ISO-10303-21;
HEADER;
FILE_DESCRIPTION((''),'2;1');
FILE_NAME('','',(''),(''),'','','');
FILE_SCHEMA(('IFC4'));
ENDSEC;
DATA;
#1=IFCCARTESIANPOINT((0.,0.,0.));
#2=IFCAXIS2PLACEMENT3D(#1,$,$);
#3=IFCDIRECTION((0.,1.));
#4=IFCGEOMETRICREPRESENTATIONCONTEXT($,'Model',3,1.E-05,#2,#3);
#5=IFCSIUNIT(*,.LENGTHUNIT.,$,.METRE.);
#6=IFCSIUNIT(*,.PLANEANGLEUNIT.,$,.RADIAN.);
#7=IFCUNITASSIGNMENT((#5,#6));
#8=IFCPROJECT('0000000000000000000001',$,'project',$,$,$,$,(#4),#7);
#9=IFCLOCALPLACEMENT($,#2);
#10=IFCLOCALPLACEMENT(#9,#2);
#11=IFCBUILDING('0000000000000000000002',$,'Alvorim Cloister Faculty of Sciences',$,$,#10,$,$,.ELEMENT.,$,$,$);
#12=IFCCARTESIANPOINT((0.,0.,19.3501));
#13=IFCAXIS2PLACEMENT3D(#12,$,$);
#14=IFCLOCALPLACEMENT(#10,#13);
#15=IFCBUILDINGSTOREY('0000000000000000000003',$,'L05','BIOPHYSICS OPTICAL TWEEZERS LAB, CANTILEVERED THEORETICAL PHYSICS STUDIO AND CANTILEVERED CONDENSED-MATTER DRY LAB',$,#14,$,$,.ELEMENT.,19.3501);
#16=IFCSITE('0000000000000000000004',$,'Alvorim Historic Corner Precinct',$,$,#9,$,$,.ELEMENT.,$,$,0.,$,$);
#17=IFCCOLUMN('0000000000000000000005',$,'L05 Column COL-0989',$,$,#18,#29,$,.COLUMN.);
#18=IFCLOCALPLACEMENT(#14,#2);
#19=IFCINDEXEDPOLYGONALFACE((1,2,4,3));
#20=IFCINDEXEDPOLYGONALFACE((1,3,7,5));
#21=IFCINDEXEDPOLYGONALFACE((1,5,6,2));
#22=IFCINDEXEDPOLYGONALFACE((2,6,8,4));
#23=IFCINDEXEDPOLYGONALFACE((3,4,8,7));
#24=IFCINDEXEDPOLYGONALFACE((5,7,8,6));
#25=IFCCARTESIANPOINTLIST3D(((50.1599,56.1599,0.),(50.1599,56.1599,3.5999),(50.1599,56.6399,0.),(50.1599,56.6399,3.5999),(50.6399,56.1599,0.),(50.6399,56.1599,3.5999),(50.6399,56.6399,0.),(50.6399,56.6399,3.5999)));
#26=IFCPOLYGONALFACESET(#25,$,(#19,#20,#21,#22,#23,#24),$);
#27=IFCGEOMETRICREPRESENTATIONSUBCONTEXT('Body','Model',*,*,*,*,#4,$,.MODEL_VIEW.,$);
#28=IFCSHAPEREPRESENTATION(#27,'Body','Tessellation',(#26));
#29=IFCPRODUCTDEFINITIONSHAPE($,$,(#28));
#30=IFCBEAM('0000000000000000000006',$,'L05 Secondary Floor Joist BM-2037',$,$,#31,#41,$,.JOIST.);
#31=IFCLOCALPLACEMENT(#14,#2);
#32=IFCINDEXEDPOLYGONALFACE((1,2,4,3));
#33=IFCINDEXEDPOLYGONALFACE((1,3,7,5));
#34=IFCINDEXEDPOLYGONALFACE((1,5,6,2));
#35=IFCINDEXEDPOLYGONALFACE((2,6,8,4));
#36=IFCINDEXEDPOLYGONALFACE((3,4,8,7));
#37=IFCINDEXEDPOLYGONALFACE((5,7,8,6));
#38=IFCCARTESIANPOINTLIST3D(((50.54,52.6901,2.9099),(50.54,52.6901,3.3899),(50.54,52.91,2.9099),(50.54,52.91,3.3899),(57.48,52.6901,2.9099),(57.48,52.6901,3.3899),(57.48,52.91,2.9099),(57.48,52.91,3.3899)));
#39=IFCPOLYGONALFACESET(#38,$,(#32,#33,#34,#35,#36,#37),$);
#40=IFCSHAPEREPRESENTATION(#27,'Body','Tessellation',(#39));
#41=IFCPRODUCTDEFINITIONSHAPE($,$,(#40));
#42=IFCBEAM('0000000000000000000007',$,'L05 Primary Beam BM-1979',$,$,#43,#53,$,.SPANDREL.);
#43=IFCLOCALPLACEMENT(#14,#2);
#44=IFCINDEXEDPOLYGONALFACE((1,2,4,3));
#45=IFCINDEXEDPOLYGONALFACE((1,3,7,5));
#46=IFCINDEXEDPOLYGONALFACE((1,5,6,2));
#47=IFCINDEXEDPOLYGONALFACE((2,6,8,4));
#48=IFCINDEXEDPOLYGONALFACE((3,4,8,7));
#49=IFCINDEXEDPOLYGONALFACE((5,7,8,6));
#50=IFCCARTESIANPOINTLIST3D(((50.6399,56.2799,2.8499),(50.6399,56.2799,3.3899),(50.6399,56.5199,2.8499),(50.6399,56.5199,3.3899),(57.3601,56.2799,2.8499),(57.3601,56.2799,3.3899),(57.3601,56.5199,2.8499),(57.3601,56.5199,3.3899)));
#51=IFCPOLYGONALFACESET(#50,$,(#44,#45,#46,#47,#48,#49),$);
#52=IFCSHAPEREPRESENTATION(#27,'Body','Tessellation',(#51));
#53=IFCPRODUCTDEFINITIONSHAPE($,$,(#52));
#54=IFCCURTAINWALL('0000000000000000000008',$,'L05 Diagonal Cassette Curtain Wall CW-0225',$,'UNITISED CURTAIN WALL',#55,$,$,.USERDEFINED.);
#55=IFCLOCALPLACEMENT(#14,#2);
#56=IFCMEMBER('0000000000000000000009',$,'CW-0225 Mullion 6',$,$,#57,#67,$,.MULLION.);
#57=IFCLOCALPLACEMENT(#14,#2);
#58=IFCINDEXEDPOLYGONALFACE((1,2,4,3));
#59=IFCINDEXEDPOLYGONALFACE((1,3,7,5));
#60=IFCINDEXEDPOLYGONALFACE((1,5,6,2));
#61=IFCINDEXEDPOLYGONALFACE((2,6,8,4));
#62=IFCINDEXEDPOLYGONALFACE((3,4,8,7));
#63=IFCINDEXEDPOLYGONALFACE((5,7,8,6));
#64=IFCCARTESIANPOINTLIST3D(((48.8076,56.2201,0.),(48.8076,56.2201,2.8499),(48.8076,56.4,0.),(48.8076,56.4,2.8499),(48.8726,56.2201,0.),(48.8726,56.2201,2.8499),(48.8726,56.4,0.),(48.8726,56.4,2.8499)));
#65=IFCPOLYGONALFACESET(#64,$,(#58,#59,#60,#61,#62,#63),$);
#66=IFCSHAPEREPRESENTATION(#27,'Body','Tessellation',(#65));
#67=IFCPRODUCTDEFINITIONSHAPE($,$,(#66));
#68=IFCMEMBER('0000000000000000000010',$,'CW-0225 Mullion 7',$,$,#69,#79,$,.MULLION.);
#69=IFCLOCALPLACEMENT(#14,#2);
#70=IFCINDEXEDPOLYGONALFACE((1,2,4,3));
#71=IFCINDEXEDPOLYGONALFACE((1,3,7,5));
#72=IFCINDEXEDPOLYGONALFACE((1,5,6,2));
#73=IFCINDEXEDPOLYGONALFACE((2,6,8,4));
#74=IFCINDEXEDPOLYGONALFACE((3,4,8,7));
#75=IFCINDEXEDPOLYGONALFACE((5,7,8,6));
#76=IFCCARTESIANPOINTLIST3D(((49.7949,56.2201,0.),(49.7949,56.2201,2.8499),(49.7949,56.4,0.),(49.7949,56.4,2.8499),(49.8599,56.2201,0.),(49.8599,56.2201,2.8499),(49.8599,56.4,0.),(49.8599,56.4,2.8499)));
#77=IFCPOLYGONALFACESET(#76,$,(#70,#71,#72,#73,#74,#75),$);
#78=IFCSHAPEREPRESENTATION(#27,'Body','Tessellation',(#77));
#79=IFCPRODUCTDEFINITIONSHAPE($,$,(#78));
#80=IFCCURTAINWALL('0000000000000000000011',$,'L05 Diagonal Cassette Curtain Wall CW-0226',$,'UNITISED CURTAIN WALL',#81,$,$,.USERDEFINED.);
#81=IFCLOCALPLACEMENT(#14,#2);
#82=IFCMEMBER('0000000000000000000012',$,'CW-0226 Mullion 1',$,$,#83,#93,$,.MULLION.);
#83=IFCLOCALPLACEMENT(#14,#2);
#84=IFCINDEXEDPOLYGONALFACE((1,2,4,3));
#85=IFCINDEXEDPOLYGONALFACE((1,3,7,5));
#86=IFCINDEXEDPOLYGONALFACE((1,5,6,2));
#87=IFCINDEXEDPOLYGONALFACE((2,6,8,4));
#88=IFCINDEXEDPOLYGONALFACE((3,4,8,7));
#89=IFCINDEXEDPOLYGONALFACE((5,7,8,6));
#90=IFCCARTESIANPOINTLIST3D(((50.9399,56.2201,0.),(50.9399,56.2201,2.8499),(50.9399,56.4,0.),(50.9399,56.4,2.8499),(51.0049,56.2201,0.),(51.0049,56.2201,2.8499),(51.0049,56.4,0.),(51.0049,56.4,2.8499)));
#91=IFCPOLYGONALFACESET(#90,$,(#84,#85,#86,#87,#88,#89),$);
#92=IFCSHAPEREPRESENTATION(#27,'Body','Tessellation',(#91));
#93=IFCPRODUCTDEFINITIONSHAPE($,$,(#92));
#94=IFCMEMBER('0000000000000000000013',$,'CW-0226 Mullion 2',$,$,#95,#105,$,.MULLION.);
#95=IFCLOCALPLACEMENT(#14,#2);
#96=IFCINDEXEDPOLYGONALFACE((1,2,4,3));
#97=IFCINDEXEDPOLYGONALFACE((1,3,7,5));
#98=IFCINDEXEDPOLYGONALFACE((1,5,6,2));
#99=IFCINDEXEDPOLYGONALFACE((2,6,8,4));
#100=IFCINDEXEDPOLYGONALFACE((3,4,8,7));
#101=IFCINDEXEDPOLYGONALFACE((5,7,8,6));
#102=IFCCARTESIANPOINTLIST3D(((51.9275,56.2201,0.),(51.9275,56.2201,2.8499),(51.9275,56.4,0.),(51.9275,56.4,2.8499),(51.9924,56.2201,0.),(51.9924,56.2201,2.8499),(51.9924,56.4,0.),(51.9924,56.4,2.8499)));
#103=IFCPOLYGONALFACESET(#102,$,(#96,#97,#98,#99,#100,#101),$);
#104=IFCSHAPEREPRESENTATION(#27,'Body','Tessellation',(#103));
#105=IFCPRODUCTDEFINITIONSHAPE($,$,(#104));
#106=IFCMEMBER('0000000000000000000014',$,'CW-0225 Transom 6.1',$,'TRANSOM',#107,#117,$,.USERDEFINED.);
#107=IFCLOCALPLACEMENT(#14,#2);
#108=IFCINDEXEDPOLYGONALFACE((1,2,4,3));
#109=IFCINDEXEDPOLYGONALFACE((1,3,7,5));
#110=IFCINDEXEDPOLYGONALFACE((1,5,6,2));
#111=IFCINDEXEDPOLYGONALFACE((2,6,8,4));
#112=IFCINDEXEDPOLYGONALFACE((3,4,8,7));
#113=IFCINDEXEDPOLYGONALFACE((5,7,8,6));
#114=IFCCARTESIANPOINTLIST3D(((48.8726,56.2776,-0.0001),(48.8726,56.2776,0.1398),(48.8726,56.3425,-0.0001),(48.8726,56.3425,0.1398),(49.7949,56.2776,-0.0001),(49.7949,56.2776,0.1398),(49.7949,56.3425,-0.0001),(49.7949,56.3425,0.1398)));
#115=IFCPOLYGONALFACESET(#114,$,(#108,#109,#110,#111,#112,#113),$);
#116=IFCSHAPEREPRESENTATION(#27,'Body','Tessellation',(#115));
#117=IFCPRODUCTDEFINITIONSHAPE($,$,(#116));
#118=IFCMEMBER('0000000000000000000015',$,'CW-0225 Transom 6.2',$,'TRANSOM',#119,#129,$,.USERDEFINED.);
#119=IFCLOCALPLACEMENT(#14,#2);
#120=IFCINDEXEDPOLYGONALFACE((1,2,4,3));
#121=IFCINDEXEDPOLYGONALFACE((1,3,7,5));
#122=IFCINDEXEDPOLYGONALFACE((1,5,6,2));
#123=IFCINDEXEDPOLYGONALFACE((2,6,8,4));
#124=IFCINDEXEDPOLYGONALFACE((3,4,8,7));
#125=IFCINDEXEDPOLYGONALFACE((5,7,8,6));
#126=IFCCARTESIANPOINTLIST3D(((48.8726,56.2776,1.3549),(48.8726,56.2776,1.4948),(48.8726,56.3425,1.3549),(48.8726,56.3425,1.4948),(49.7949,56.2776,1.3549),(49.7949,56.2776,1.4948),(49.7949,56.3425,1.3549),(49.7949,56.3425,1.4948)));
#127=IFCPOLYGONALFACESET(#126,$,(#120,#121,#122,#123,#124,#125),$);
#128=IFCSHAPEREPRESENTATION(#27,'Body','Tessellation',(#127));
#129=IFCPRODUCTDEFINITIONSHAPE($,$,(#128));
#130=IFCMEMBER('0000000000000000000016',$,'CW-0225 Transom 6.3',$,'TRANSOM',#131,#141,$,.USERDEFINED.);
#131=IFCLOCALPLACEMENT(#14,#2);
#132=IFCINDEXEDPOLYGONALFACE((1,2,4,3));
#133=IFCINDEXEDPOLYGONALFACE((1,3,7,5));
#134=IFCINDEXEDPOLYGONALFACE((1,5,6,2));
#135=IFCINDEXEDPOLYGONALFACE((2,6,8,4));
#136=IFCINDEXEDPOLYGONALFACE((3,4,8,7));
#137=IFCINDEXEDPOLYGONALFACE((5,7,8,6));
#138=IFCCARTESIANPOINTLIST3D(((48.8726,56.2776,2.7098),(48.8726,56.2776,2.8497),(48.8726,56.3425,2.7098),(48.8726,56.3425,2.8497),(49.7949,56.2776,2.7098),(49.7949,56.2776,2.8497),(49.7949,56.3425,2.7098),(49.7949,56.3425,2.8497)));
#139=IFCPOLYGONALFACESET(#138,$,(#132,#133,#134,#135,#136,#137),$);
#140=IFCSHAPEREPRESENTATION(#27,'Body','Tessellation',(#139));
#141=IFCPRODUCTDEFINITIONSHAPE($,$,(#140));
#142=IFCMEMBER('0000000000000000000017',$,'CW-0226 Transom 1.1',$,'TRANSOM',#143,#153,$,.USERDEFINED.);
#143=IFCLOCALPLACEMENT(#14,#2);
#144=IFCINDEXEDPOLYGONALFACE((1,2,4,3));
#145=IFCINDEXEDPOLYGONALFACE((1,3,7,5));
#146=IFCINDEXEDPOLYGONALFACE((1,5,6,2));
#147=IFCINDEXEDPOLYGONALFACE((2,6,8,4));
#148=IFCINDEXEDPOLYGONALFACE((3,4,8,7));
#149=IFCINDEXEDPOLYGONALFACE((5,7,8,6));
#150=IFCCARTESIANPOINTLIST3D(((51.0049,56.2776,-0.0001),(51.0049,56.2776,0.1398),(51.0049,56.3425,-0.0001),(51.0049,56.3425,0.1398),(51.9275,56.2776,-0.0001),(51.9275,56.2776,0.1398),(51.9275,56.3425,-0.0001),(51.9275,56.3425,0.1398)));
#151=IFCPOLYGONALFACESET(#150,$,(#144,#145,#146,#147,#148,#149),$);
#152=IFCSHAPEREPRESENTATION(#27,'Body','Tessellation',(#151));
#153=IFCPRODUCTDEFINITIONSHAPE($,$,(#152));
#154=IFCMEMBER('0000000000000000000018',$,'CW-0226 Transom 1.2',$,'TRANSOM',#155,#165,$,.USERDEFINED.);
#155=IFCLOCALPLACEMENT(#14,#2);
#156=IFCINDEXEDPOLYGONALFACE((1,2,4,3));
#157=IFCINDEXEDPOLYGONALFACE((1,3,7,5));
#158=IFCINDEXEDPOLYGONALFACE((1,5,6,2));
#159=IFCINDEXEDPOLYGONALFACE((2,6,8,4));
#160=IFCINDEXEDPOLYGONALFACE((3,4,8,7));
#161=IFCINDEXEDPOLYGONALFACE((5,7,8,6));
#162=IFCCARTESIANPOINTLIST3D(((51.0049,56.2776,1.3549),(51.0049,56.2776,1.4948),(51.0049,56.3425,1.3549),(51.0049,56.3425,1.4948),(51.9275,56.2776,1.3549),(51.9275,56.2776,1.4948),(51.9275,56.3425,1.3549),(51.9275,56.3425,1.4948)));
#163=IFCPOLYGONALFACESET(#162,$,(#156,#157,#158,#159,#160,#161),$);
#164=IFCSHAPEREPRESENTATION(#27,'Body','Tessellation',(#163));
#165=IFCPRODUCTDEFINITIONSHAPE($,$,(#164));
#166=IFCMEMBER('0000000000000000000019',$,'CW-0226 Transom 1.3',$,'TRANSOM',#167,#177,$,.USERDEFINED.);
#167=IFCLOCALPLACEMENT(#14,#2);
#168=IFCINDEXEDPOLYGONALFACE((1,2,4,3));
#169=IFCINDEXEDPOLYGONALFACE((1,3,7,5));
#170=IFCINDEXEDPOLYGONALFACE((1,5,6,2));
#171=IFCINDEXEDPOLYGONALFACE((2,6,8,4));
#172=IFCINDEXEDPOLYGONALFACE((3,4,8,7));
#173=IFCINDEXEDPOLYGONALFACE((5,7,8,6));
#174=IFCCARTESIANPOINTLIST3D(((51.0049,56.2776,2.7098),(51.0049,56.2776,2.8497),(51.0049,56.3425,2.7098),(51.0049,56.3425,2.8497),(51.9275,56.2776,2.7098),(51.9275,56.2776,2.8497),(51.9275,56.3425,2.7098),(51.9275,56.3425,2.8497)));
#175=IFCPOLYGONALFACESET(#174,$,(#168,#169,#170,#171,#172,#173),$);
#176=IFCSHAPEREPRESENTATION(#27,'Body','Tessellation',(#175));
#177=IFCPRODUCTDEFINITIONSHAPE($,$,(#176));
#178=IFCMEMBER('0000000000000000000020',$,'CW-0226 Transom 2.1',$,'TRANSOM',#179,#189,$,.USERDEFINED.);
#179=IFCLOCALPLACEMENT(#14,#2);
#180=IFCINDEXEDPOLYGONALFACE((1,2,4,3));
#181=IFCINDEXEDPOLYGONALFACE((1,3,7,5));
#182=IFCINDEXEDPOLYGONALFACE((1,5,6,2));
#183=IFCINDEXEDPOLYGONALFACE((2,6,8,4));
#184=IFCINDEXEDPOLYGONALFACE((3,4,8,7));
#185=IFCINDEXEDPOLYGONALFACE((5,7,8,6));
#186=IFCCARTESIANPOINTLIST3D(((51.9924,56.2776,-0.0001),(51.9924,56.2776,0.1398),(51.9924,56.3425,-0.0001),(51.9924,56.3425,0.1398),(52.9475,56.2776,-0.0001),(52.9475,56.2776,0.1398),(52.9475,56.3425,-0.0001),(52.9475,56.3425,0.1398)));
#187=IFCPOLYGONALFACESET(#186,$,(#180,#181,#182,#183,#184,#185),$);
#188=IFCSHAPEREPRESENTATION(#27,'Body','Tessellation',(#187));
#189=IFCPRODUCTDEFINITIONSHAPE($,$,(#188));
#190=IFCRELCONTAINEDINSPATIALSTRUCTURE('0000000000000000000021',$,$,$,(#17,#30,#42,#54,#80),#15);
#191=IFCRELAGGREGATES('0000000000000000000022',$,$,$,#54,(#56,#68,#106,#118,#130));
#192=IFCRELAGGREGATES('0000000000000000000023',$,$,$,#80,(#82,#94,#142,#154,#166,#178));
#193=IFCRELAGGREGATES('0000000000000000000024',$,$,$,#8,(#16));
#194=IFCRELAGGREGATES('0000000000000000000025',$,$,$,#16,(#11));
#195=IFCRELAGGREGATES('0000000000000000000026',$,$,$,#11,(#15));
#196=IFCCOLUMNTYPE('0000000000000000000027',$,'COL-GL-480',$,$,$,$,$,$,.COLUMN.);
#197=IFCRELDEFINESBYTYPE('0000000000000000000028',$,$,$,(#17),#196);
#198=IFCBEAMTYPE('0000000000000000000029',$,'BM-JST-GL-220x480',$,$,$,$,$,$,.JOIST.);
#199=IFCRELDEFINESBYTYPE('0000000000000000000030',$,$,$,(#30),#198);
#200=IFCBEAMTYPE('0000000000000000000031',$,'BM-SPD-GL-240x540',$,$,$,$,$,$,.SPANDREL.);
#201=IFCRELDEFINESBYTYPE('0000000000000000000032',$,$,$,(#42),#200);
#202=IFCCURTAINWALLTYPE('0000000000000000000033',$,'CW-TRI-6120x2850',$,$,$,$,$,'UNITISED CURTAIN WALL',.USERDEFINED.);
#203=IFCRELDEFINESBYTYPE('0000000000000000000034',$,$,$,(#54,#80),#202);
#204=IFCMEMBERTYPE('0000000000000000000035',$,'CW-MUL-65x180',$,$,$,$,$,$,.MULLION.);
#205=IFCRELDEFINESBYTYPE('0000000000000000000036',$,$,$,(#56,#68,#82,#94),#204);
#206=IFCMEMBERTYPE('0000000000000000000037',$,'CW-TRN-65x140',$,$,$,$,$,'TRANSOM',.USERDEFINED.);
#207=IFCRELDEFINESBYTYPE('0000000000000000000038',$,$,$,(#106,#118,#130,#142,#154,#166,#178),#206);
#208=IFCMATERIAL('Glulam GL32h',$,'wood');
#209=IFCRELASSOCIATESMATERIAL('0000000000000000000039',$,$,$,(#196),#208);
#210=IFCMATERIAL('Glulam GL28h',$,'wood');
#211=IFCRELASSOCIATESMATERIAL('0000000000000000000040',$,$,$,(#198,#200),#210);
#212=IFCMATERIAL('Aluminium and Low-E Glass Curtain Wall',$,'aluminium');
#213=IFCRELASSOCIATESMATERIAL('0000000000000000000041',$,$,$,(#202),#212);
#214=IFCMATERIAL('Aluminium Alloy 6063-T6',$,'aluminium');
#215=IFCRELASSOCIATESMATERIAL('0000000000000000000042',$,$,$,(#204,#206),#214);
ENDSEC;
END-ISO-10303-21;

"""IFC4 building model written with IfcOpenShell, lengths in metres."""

from ifc_helpers import new_model, si_unit, direction, frame, origin, origin_2d, place, context, subcontext, project, spatial, rectangle, extrude, material, material_profile, profile_set, type_object, element, aggregate, save


model = new_model("IFC4")

# Units and contexts
model_context = context("Model", 3, precision=1e-05, world=origin(), true_north=direction((0.0, 1.0)))
body_context = subcontext(model_context, "Body", "Model", "MODEL_VIEW")
ifc_project = project(units=[si_unit("LENGTHUNIT", "METRE"), si_unit("PLANEANGLEUNIT", "RADIAN")], contexts=[model_context])

# Site, building, storey
site_placement = place(None, origin())
site = spatial("IfcSite", under=ifc_project, at=site_placement, Name="Alvorim Historic Corner Precinct", CompositionType="ELEMENT", RefElevation=0.0)
building_placement = place(site_placement, origin())
building = spatial("IfcBuilding", under=site, at=building_placement, Name="Alvorim Cloister Faculty of Sciences", CompositionType="ELEMENT")
storey_placement = place(building_placement, frame((0.0, 0.0, 19.3501)))
storey = spatial("IfcBuildingStorey", under=building, at=storey_placement, Name="L05", Description="BIOPHYSICS OPTICAL TWEEZERS LAB, CANTILEVERED THEORETICAL PHYSICS STUDIO AND CANTILEVERED CONDENSED-MATTER DRY LAB", CompositionType="ELEMENT", Elevation=19.3501)

# Column
ifc_material_1 = material(Name="Glulam GL32h", Category="wood")
ifc_material_profile_1 = material_profile(ifc_material_1, rectangle(XDim=0.48, YDim=0.48, at=origin_2d()), Name="GL32-COL-480x480")
ifc_profile_set_1 = profile_set([ifc_material_profile_1], Name="Glulam GL32h")
column_type = type_object("IfcColumnType", Name="COL-GL-480", PredefinedType="COLUMN", material=ifc_profile_set_1)
column_placement = place(storey_placement, frame((50.3999, 56.3999, 0.0), z_axis=(0.0, 0.0, 1.0), x_axis=(1.0, 0.0, 0.0)))
element("IfcColumn", 1, at=column_placement, inside=storey, type_object=column_type, Name="L05 Column COL-0989", PredefinedType="COLUMN", context=body_context, shape_type="SweptSolid", body=[
    extrude(rectangle(XDim=0.48, YDim=0.48, at=origin_2d()), origin(), (0.0, 0.0, 1.0), 3.5999),
])

# Beams
ifc_material_2 = material(Name="Glulam GL28h", Category="wood")
ifc_material_profile_2 = material_profile(ifc_material_2, rectangle(XDim=0.22, YDim=0.48, at=origin_2d()), Name="GL28-JST-220x480")
ifc_profile_set_2 = profile_set([ifc_material_profile_2], Name="Glulam GL28h")
beam_type_1 = type_object("IfcBeamType", Name="BM-JST-GL-220x480", PredefinedType="JOIST", material=ifc_profile_set_2)
beam_1_placement = place(storey_placement, frame((50.54, 52.8, 3.1499), z_axis=(1.0, 0.0, 0.0), x_axis=(0.0, 1.0, 0.0)))
element("IfcBeam", 2, at=beam_1_placement, inside=storey, type_object=beam_type_1, Name="L05 Secondary Floor Joist BM-2037", PredefinedType="JOIST", context=body_context, shape_type="SweptSolid", body=[
    extrude(rectangle(XDim=0.22, YDim=0.48, at=origin_2d()), origin(), (0.0, 0.0, 1.0), 6.9399),
])
ifc_material_profile_3 = material_profile(ifc_material_2, rectangle(XDim=0.24, YDim=0.54, at=origin_2d()), Name="GL28-SPD-240x540")
ifc_profile_set_3 = profile_set([ifc_material_profile_3], Name="Glulam GL28h")
beam_type_2 = type_object("IfcBeamType", Name="BM-SPD-GL-240x540", PredefinedType="SPANDREL", material=ifc_profile_set_3)
beam_2_placement = place(storey_placement, frame((50.6399, 56.3999, 3.1199), z_axis=(1.0, 0.0, 0.0), x_axis=(0.0, 1.0, 0.0)))
element("IfcBeam", 3, at=beam_2_placement, inside=storey, type_object=beam_type_2, Name="L05 Primary Beam BM-1979", PredefinedType="SPANDREL", context=body_context, shape_type="SweptSolid", body=[
    extrude(rectangle(XDim=0.24, YDim=0.54, at=origin_2d()), origin(), (0.0, 0.0, 1.0), 6.7202),
])

# Curtain walls, members
ifc_material_3 = material(Name="Aluminium and Low-E Glass Curtain Wall", Category="aluminium")
curtain_wall_type = type_object("IfcCurtainWallType", Name="CW-TRI-6120x2850", ElementType="UNITISED CURTAIN WALL", PredefinedType="USERDEFINED", material=ifc_material_3)
curtain_wall_1_placement = place(storey_placement, origin())
curtain_wall_1 = element("IfcCurtainWall", 4, at=curtain_wall_1_placement, inside=storey, type_object=curtain_wall_type, Name="L05 Diagonal Cassette Curtain Wall CW-0225", ObjectType="UNITISED CURTAIN WALL", PredefinedType="USERDEFINED")
ifc_material_4 = material(Name="Aluminium Alloy 6063-T6", Category="aluminium")
ifc_material_profile_4 = material_profile(ifc_material_4, rectangle(XDim=0.0649, YDim=0.1799, at=origin_2d()), Name="ALU-MUL-65x180")
ifc_profile_set_4 = profile_set([ifc_material_profile_4], Name="Aluminium Alloy 6063-T6")
member_type_1 = type_object("IfcMemberType", Name="CW-MUL-65x180", PredefinedType="MULLION", material=ifc_profile_set_4)
member_1_placement = place(storey_placement, frame((48.8401, 56.3101, 0.0), z_axis=(0.0, 0.0, 1.0), x_axis=(1.0, 0.0, 0.0)))
member_1 = element("IfcMember", 5, at=member_1_placement, type_object=member_type_1, Name="CW-0225 Mullion 6", PredefinedType="MULLION", context=body_context, shape_type="SweptSolid", body=[
    extrude(rectangle(XDim=0.0649, YDim=0.1799, at=origin_2d()), origin(), (0.0, 0.0, 1.0), 2.8499),
])
member_2_placement = place(storey_placement, frame((49.8274, 56.3101, 0.0), z_axis=(0.0, 0.0, 1.0), x_axis=(1.0, 0.0, 0.0)))
member_2 = element("IfcMember", 6, at=member_2_placement, type_object=member_type_1, Name="CW-0225 Mullion 7", PredefinedType="MULLION", context=body_context, shape_type="SweptSolid", body=[
    extrude(rectangle(XDim=0.0649, YDim=0.1799, at=origin_2d()), origin(), (0.0, 0.0, 1.0), 2.8499),
])
curtain_wall_2_placement = place(storey_placement, origin())
curtain_wall_2 = element("IfcCurtainWall", 7, at=curtain_wall_2_placement, inside=storey, type_object=curtain_wall_type, Name="L05 Diagonal Cassette Curtain Wall CW-0226", ObjectType="UNITISED CURTAIN WALL", PredefinedType="USERDEFINED")
member_3_placement = place(storey_placement, frame((50.9724, 56.3101, 0.0), z_axis=(0.0, 0.0, 1.0), x_axis=(1.0, 0.0, 0.0)))
member_3 = element("IfcMember", 8, at=member_3_placement, type_object=member_type_1, Name="CW-0226 Mullion 1", PredefinedType="MULLION", context=body_context, shape_type="SweptSolid", body=[
    extrude(rectangle(XDim=0.0649, YDim=0.1799, at=origin_2d()), origin(), (0.0, 0.0, 1.0), 2.8499),
])
member_4_placement = place(storey_placement, frame((51.96, 56.3101, 0.0), z_axis=(0.0, 0.0, 1.0), x_axis=(1.0, 0.0, 0.0)))
member_4 = element("IfcMember", 9, at=member_4_placement, type_object=member_type_1, Name="CW-0226 Mullion 2", PredefinedType="MULLION", context=body_context, shape_type="SweptSolid", body=[
    extrude(rectangle(XDim=0.0649, YDim=0.1799, at=origin_2d()), origin(), (0.0, 0.0, 1.0), 2.8499),
])

# Members
ifc_material_profile_5 = material_profile(ifc_material_4, rectangle(XDim=0.0649, YDim=0.1399, at=origin_2d()), Name="ALU-TRN-65x140")
ifc_profile_set_5 = profile_set([ifc_material_profile_5], Name="Aluminium Alloy 6063-T6")
member_type_2 = type_object("IfcMemberType", Name="CW-TRN-65x140", ElementType="TRANSOM", PredefinedType="USERDEFINED", material=ifc_profile_set_5)
member_5_placement = place(storey_placement, frame((48.8726, 56.3101, 0.0698), z_axis=(1.0, 0.0, 0.0), x_axis=(0.0, 1.0, 0.0)))
member_5 = element("IfcMember", 10, at=member_5_placement, type_object=member_type_2, Name="CW-0225 Transom 6.1", ObjectType="TRANSOM", PredefinedType="USERDEFINED", context=body_context, shape_type="SweptSolid", body=[
    extrude(rectangle(XDim=0.0649, YDim=0.1399, at=origin_2d()), origin(), (0.0, 0.0, 1.0), 0.9224),
])
member_6_placement = place(storey_placement, frame((48.8726, 56.3101, 1.4248), z_axis=(1.0, 0.0, 0.0), x_axis=(0.0, 1.0, 0.0)))
member_6 = element("IfcMember", 11, at=member_6_placement, type_object=member_type_2, Name="CW-0225 Transom 6.2", ObjectType="TRANSOM", PredefinedType="USERDEFINED", context=body_context, shape_type="SweptSolid", body=[
    extrude(rectangle(XDim=0.0649, YDim=0.1399, at=origin_2d()), origin(), (0.0, 0.0, 1.0), 0.9224),
])
member_7_placement = place(storey_placement, frame((48.8726, 56.3101, 2.7798), z_axis=(1.0, 0.0, 0.0), x_axis=(0.0, 1.0, 0.0)))
member_7 = element("IfcMember", 12, at=member_7_placement, type_object=member_type_2, Name="CW-0225 Transom 6.3", ObjectType="TRANSOM", PredefinedType="USERDEFINED", context=body_context, shape_type="SweptSolid", body=[
    extrude(rectangle(XDim=0.0649, YDim=0.1399, at=origin_2d()), origin(), (0.0, 0.0, 1.0), 0.9224),
])
member_8_placement = place(storey_placement, frame((51.0049, 56.3101, 0.0698), z_axis=(1.0, 0.0, 0.0), x_axis=(0.0, 1.0, 0.0)))
member_8 = element("IfcMember", 13, at=member_8_placement, type_object=member_type_2, Name="CW-0226 Transom 1.1", ObjectType="TRANSOM", PredefinedType="USERDEFINED", context=body_context, shape_type="SweptSolid", body=[
    extrude(rectangle(XDim=0.0649, YDim=0.1399, at=origin_2d()), origin(), (0.0, 0.0, 1.0), 0.9226),
])
member_9_placement = place(storey_placement, frame((51.0049, 56.3101, 1.4248), z_axis=(1.0, 0.0, 0.0), x_axis=(0.0, 1.0, 0.0)))
member_9 = element("IfcMember", 14, at=member_9_placement, type_object=member_type_2, Name="CW-0226 Transom 1.2", ObjectType="TRANSOM", PredefinedType="USERDEFINED", context=body_context, shape_type="SweptSolid", body=[
    extrude(rectangle(XDim=0.0649, YDim=0.1399, at=origin_2d()), origin(), (0.0, 0.0, 1.0), 0.9226),
])
member_10_placement = place(storey_placement, frame((51.0049, 56.3101, 2.7798), z_axis=(1.0, 0.0, 0.0), x_axis=(0.0, 1.0, 0.0)))
member_10 = element("IfcMember", 15, at=member_10_placement, type_object=member_type_2, Name="CW-0226 Transom 1.3", ObjectType="TRANSOM", PredefinedType="USERDEFINED", context=body_context, shape_type="SweptSolid", body=[
    extrude(rectangle(XDim=0.0649, YDim=0.1399, at=origin_2d()), origin(), (0.0, 0.0, 1.0), 0.9226),
])
member_11_placement = place(storey_placement, frame((51.9924, 56.3101, 0.0698), z_axis=(1.0, 0.0, 0.0), x_axis=(0.0, 1.0, 0.0)))
member_11 = element("IfcMember", 16, at=member_11_placement, type_object=member_type_2, Name="CW-0226 Transom 2.1", ObjectType="TRANSOM", PredefinedType="USERDEFINED", context=body_context, shape_type="SweptSolid", body=[
    extrude(rectangle(XDim=0.0649, YDim=0.1399, at=origin_2d()), origin(), (0.0, 0.0, 1.0), 0.9551),
])

aggregate(curtain_wall_1, [member_1, member_2, member_5, member_6, member_7])
aggregate(curtain_wall_2, [member_3, member_4, member_8, member_9, member_10, member_11])

save(model, "model.ifc")
